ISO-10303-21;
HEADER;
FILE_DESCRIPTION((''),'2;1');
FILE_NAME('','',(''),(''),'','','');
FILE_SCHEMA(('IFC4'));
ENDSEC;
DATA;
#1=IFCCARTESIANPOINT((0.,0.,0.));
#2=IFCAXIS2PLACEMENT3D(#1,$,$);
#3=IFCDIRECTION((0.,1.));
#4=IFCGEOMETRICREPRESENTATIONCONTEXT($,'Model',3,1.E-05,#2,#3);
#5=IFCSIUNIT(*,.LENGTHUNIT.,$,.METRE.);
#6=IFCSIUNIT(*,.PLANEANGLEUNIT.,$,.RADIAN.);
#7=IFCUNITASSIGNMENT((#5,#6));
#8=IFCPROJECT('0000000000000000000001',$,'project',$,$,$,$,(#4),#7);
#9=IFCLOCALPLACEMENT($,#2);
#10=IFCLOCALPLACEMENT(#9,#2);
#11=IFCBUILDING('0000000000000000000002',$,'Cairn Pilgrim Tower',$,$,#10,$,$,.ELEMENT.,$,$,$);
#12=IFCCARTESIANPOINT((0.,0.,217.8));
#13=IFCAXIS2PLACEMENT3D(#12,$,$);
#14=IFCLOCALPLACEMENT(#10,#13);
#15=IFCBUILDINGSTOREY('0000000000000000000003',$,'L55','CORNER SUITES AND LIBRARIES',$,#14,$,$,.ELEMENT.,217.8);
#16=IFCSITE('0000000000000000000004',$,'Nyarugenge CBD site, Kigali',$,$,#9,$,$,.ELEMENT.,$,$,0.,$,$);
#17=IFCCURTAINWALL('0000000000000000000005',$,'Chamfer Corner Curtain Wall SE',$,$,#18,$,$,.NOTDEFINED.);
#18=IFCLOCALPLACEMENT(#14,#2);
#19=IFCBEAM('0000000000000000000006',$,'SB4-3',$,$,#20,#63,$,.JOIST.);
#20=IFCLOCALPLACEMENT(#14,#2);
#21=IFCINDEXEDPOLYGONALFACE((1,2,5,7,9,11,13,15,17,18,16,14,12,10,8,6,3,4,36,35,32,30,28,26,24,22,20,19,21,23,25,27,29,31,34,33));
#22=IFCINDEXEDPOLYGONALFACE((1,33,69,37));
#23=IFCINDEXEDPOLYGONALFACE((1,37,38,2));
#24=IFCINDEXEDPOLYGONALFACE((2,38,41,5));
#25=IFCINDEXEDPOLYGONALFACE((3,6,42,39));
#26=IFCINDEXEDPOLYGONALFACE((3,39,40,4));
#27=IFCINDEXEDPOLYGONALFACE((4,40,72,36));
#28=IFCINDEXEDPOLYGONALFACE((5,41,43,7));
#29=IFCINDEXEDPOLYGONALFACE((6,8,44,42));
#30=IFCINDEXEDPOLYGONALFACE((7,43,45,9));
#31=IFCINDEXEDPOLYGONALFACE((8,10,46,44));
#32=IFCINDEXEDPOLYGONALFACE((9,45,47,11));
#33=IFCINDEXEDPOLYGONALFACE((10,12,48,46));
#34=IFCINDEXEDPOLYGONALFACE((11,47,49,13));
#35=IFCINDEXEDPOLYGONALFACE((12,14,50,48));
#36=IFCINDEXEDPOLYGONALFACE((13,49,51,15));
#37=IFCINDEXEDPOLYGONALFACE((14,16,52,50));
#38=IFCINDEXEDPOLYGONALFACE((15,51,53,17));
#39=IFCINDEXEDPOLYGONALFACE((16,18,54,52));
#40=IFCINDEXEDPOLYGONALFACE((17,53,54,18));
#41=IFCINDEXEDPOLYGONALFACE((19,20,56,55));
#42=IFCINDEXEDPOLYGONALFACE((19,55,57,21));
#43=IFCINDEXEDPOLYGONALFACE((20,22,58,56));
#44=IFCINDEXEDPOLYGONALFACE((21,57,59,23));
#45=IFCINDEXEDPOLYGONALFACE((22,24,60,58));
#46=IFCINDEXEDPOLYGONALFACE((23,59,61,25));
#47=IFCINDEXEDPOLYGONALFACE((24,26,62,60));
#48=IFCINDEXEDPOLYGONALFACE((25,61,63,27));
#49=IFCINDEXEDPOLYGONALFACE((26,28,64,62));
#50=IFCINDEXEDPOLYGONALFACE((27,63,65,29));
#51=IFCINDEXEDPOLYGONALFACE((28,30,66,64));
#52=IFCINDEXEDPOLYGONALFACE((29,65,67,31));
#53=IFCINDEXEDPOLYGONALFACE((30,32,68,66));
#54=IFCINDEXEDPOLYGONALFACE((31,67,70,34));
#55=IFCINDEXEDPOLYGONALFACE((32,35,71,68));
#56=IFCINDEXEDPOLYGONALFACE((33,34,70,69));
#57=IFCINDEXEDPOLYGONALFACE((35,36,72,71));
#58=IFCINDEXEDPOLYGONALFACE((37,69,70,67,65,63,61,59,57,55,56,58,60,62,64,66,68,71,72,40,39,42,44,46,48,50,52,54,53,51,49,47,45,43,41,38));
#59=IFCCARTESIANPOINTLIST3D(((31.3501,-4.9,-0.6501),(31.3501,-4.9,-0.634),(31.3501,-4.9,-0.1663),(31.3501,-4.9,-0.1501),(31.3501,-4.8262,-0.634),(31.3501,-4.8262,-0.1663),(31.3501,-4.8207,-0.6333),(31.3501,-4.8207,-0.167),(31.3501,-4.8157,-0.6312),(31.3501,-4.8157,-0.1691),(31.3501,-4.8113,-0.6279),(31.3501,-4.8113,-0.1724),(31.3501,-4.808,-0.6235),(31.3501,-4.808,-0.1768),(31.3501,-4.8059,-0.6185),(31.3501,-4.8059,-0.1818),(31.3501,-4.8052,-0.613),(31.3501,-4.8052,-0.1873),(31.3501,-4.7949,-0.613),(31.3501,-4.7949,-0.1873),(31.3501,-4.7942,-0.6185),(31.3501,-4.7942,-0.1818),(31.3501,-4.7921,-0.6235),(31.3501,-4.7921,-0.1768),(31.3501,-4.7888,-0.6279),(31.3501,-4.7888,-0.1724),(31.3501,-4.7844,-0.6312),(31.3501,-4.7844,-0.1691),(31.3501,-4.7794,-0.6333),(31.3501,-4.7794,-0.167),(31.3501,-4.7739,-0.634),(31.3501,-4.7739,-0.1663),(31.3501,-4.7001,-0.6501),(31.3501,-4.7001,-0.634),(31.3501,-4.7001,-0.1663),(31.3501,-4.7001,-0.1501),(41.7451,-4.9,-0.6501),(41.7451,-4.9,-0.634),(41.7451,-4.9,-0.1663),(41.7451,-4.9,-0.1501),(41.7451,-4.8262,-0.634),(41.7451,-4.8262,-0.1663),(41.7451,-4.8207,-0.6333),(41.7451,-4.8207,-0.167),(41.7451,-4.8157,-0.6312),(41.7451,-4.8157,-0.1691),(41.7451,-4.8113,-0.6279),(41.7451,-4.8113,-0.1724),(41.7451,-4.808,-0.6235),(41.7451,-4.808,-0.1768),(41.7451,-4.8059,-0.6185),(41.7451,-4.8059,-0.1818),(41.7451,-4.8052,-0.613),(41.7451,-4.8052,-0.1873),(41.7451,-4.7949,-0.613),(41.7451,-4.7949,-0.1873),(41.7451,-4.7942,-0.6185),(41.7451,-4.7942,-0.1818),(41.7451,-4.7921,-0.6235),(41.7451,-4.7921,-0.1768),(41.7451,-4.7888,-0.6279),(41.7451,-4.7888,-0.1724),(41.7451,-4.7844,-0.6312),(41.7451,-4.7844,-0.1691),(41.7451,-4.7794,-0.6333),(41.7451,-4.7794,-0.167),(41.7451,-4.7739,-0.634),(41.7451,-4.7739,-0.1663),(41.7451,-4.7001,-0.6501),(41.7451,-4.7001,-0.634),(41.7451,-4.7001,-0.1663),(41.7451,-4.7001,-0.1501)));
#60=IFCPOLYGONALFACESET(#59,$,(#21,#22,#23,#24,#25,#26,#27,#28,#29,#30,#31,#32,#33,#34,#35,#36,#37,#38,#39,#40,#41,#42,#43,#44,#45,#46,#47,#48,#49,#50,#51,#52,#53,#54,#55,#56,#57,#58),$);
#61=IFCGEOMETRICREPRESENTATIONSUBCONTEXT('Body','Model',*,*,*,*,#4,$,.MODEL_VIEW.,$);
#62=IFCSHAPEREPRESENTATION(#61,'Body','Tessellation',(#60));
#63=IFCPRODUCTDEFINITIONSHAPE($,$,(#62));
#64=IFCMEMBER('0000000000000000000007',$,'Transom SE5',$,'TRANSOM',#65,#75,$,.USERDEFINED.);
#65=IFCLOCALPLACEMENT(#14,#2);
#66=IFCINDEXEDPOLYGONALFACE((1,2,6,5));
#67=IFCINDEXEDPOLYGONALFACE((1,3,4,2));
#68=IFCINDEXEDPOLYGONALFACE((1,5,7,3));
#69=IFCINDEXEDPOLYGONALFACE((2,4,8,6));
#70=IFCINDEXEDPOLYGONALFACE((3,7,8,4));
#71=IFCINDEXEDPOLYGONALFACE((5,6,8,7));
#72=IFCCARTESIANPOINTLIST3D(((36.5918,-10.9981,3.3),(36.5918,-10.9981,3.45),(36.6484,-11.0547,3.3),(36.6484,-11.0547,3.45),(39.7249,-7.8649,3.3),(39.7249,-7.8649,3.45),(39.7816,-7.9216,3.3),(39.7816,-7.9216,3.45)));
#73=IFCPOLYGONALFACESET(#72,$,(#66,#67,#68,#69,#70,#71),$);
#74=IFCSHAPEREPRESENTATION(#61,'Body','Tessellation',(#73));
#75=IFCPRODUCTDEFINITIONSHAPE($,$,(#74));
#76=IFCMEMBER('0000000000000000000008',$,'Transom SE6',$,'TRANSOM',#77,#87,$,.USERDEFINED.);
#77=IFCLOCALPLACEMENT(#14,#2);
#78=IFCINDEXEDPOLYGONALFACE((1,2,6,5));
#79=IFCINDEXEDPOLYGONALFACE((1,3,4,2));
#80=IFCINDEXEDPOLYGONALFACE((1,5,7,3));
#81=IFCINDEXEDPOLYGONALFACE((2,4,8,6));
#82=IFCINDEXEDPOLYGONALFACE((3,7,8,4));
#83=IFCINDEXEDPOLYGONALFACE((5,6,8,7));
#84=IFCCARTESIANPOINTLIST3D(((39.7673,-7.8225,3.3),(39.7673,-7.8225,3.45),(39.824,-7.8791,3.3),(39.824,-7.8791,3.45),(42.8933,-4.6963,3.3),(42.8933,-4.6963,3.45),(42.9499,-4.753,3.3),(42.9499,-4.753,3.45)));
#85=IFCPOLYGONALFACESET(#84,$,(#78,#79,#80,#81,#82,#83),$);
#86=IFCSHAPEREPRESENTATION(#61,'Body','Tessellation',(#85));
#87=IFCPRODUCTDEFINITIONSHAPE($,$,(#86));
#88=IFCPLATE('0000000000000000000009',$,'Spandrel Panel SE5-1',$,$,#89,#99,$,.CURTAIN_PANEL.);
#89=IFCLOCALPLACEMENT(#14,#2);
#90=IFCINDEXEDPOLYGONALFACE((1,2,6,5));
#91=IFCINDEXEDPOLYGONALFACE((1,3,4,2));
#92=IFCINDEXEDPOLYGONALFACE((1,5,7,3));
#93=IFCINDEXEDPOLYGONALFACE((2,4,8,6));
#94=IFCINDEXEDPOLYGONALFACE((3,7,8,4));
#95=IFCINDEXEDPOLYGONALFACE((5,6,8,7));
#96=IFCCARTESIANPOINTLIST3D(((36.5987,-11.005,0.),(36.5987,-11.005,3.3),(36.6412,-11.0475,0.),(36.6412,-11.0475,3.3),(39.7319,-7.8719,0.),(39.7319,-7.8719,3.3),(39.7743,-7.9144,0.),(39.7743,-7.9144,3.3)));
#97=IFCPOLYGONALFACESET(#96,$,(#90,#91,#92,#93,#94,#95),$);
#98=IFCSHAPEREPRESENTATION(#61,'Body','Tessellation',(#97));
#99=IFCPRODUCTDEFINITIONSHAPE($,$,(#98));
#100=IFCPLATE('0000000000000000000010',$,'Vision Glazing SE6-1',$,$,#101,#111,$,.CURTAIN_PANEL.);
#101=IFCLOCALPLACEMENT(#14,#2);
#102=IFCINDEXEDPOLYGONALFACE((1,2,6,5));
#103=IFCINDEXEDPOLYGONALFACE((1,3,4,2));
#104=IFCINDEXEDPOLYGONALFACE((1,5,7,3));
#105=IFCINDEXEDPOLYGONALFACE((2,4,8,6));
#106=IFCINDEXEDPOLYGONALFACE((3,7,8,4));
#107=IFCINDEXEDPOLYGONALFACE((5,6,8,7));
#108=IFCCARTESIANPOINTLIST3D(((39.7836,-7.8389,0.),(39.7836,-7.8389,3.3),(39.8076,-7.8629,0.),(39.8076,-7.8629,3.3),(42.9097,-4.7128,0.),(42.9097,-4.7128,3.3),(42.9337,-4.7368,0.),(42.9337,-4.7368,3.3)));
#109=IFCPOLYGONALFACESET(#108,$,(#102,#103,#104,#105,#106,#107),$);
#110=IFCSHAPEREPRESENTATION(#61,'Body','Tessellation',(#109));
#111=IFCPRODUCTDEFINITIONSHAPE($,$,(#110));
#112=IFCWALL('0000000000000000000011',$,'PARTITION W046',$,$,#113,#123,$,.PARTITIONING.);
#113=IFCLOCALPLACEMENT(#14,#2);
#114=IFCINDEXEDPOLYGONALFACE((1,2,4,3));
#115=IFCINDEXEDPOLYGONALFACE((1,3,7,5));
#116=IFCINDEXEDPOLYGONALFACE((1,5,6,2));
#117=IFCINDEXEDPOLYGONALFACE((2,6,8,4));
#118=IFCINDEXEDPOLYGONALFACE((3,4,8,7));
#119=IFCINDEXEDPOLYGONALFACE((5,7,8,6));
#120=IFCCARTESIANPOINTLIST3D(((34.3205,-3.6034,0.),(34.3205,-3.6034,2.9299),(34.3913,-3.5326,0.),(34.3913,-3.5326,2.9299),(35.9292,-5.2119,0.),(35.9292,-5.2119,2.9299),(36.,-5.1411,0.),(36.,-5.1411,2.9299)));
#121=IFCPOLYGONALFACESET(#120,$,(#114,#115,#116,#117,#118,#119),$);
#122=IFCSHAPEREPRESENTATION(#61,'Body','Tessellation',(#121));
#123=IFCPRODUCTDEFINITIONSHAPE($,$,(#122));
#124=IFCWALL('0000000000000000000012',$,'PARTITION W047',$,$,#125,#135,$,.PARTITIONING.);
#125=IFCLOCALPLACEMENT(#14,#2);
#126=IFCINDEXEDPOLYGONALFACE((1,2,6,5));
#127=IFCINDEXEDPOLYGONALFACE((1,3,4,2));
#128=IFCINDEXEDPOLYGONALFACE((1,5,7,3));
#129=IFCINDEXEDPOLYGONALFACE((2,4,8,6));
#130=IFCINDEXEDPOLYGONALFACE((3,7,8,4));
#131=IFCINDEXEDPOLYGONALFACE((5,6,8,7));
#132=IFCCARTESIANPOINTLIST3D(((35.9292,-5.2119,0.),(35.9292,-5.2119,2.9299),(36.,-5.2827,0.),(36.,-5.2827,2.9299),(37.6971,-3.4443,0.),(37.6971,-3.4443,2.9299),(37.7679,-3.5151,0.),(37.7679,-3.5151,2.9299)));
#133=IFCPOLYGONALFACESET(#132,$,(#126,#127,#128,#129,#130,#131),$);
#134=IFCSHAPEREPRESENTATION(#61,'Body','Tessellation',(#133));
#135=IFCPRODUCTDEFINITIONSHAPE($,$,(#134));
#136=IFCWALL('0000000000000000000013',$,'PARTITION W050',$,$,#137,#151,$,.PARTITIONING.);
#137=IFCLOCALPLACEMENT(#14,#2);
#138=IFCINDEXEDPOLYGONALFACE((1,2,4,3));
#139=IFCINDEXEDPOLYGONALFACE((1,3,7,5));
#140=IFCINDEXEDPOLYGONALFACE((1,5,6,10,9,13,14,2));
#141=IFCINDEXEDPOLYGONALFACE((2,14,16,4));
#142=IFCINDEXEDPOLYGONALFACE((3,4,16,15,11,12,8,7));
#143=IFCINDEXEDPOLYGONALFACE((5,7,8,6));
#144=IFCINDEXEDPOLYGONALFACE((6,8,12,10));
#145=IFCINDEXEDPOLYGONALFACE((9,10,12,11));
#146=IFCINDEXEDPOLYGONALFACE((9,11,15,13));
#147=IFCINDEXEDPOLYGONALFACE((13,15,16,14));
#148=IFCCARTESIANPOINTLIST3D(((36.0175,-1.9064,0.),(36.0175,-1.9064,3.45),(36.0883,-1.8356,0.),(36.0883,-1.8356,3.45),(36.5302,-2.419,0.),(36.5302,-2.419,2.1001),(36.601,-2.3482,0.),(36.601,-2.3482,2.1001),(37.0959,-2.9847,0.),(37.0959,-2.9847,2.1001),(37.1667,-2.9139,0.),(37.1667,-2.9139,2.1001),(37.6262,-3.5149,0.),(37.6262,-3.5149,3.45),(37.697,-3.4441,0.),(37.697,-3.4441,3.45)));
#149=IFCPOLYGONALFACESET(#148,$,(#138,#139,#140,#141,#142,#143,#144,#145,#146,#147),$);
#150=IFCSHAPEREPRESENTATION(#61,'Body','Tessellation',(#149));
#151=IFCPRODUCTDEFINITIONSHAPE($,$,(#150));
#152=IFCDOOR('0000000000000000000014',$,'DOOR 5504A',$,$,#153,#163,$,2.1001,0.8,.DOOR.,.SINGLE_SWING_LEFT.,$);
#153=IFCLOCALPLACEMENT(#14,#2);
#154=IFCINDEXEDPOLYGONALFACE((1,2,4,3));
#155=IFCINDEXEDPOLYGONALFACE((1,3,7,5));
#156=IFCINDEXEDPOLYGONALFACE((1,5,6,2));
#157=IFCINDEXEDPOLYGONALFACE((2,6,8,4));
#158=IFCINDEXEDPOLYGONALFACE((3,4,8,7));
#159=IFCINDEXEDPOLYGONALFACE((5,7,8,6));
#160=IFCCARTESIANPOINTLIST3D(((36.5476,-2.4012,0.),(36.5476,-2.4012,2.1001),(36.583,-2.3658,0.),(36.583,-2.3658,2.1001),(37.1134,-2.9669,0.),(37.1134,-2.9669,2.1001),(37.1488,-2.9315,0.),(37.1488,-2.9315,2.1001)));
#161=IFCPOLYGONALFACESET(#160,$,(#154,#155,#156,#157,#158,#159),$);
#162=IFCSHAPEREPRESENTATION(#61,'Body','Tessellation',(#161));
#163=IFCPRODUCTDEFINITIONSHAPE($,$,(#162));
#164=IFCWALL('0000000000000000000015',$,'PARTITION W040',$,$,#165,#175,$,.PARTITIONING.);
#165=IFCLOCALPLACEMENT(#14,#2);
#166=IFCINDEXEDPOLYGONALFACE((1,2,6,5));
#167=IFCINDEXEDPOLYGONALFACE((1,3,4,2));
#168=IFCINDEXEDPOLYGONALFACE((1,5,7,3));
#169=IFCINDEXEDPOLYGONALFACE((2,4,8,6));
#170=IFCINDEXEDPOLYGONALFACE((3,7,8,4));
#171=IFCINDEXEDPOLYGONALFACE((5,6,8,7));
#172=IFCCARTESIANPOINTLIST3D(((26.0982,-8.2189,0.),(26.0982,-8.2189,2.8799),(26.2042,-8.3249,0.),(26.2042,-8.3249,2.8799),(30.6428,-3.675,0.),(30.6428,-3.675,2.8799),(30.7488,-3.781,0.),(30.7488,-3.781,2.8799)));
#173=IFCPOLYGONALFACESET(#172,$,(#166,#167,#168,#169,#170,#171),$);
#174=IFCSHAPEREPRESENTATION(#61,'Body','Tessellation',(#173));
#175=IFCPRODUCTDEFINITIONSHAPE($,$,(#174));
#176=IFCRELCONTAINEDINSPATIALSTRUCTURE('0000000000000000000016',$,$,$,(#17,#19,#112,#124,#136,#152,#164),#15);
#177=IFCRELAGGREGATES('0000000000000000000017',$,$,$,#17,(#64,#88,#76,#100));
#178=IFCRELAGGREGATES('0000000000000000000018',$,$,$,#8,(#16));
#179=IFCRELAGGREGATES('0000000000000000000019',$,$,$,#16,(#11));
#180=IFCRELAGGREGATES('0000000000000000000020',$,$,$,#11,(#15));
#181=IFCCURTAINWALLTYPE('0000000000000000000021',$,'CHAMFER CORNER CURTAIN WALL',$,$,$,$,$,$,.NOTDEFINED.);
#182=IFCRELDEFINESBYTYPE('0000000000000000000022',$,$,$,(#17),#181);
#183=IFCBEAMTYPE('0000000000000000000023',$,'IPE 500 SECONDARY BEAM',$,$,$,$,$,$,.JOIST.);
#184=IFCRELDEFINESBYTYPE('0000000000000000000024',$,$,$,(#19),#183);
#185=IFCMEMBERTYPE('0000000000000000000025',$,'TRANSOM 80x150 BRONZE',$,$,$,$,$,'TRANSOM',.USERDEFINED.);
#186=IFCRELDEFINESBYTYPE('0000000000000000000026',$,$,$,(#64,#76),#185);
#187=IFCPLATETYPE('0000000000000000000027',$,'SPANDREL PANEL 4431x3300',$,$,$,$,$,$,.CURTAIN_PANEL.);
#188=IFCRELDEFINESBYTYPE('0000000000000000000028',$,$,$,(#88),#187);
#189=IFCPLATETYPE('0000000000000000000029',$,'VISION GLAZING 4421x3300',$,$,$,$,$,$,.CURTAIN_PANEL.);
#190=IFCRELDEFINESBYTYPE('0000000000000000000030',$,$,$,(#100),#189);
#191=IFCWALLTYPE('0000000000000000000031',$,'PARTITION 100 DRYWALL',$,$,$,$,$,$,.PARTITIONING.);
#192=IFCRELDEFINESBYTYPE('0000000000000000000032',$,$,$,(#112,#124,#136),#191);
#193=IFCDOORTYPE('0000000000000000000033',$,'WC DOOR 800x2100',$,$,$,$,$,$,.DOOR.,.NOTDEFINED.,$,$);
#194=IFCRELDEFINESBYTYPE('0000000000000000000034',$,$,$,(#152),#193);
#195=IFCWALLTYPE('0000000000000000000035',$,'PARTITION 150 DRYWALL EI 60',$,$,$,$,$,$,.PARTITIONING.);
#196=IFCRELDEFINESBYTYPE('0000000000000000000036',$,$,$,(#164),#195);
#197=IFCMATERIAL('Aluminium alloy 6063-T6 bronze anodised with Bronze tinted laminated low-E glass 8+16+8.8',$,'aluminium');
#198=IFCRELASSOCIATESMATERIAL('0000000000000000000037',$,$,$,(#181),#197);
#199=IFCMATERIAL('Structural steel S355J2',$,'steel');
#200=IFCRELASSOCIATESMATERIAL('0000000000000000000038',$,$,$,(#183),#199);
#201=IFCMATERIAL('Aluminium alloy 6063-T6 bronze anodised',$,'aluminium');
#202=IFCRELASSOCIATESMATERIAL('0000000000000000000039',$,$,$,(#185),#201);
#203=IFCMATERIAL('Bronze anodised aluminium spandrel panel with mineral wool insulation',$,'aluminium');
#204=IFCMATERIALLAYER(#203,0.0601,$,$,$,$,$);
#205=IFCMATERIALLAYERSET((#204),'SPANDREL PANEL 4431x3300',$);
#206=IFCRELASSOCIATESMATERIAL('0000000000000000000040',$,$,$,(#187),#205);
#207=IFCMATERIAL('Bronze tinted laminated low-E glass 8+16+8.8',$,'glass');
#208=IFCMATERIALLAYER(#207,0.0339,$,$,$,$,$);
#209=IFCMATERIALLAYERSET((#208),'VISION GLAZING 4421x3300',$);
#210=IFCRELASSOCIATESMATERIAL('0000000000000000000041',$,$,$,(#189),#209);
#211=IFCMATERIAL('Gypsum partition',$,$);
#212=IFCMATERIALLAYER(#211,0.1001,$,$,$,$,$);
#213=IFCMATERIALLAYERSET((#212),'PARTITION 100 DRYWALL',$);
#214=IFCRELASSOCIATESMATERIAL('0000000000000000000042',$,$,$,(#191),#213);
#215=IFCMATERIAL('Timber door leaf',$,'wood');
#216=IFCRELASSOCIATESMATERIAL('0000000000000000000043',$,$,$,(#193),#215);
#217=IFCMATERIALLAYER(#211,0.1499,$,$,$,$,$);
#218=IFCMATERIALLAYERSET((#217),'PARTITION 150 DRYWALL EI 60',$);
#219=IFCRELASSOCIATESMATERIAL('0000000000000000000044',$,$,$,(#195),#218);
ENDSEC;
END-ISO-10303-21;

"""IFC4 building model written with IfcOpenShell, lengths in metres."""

from ifc_helpers import new_model, si_unit, direction, frame, frame_2d, origin, origin_2d, place, context, subcontext, project, spatial, rectangle, i_section, extrude, material, layer, layer_set, material_profile, profile_set, type_object, element, fill, aggregate, save


model = new_model("IFC4")

# Units and contexts
model_context = context("Model", 3, precision=1e-05, world=origin(), true_north=direction((0.0, 1.0)))
body_context = subcontext(model_context, "Body", "Model", "MODEL_VIEW")
ifc_project = project(units=[si_unit("LENGTHUNIT", "METRE"), si_unit("PLANEANGLEUNIT", "RADIAN")], contexts=[model_context])

# Site, building, storey
site_placement = place(None, origin())
site = spatial("IfcSite", under=ifc_project, at=site_placement, Name="Nyarugenge CBD site, Kigali", CompositionType="ELEMENT", RefElevation=0.0)
building_placement = place(site_placement, origin())
building = spatial("IfcBuilding", under=site, at=building_placement, Name="Cairn Pilgrim Tower", CompositionType="ELEMENT")
storey_placement = place(building_placement, frame((0.0, 0.0, 217.8)))
storey = spatial("IfcBuildingStorey", under=building, at=storey_placement, Name="L55", Description="CORNER SUITES AND LIBRARIES", CompositionType="ELEMENT", Elevation=217.8)

# Shared definitions
ifc_material_1 = material(Name="Structural steel S355J2", Category="steel")

# Curtain wall
ifc_material_2 = material(Name="Aluminium alloy 6063-T6 bronze anodised with Bronze tinted laminated low-E glass 8+16+8.8", Category="aluminium")
curtain_wall_type_1 = type_object("IfcCurtainWallType", Name="CHAMFER CORNER CURTAIN WALL", PredefinedType="NOTDEFINED", material=ifc_material_2)
curtain_wall_1_placement = place(storey_placement, origin())
curtain_wall_1 = element("IfcCurtainWall", 1, at=curtain_wall_1_placement, inside=storey, type_object=curtain_wall_type_1, Name="Chamfer Corner Curtain Wall SE", PredefinedType="NOTDEFINED")
ifc_material_3 = material(Name="Aluminium alloy 6063-T6 bronze anodised", Category="aluminium")

# Beam
ifc_material_profile_1 = material_profile(ifc_material_1, i_section(OverallWidth=0.2, OverallDepth=0.5, WebThickness=0.0103, FlangeThickness=0.0161, FilletRadius=0.021, at=origin_2d()), Name="IPE 500")
ifc_profile_set_1 = profile_set([ifc_material_profile_1], Name="Structural steel S355J2")
beam_type_1 = type_object("IfcBeamType", Name="IPE 500 SECONDARY BEAM", PredefinedType="JOIST", material=ifc_profile_set_1)
beam_1_placement = place(storey_placement, frame((31.3501, -4.8, -0.4001), z_axis=(1.0, 0.0, 0.0), x_axis=(0.0, 1.0, 0.0)))
element("IfcBeam", 2, at=beam_1_placement, inside=storey, type_object=beam_type_1, Name="SB4-3", PredefinedType="JOIST", context=body_context, shape_type="SweptSolid", body=[
    extrude(i_section(OverallWidth=0.2, OverallDepth=0.5, WebThickness=0.0103, FlangeThickness=0.0161, FilletRadius=0.021, at=origin_2d()), origin(), (0.0, 0.0, 1.0), 10.395),
])

# Members
ifc_material_profile_2 = material_profile(ifc_material_3, rectangle(XDim=0.0801, YDim=0.1499, at=origin_2d()), Name="TRANSOM 80x150 BRONZE")
ifc_profile_set_2 = profile_set([ifc_material_profile_2], Name="Aluminium alloy 6063-T6 bronze anodised")
member_type_1 = type_object("IfcMemberType", Name="TRANSOM 80x150 BRONZE", ElementType="TRANSOM", PredefinedType="USERDEFINED", material=ifc_profile_set_2)
member_1_placement = place(storey_placement, frame((36.6201, -11.0264, 3.375), z_axis=(0.707107, 0.707107, 0.0), x_axis=(-0.707107, 0.707107, 0.0)))
member_1 = element("IfcMember", 3, at=member_1_placement, type_object=member_type_1, Name="Transom SE5", ObjectType="TRANSOM", PredefinedType="USERDEFINED", context=body_context, shape_type="SweptSolid", body=[
    extrude(rectangle(XDim=0.0801, YDim=0.1499, at=origin_2d()), origin(), (0.0, 0.0, 1.0), 4.4309),
])
member_2_placement = place(storey_placement, frame((39.7957, -7.8508, 3.375), z_axis=(0.707079, 0.707134, 0.0), x_axis=(-0.707134, 0.707079, 0.0)))
member_2 = element("IfcMember", 4, at=member_2_placement, type_object=member_type_1, Name="Transom SE6", ObjectType="TRANSOM", PredefinedType="USERDEFINED", context=body_context, shape_type="SweptSolid", body=[
    extrude(rectangle(XDim=0.0801, YDim=0.1499, at=origin_2d()), origin(), (0.0, 0.0, 1.0), 4.4209),
])

# Plates
ifc_material_4 = material(Name="Bronze anodised aluminium spandrel panel with mineral wool insulation", Category="aluminium")
ifc_layer_1 = layer(ifc_material_4, 0.0601)
ifc_layer_set_1 = layer_set([ifc_layer_1], Name="SPANDREL PANEL 4431x3300")
plate_type_1 = type_object("IfcPlateType", Name="SPANDREL PANEL 4431x3300", PredefinedType="CURTAIN_PANEL", material=ifc_layer_set_1)
plate_1_placement = place(storey_placement, frame((38.1865, -9.4597, 0.0), z_axis=(0.0, 0.0, 1.0), x_axis=(0.707107, 0.707107, 0.0)))
plate_1 = element("IfcPlate", 5, at=plate_1_placement, type_object=plate_type_1, Name="Spandrel Panel SE5-1", PredefinedType="CURTAIN_PANEL", context=body_context, shape_type="SweptSolid", body=[
    extrude(rectangle(XDim=4.4309, YDim=0.0601, at=origin_2d()), origin(), (0.0, 0.0, 1.0), 3.3),
])
ifc_material_5 = material(Name="Bronze tinted laminated low-E glass 8+16+8.8", Category="glass")
ifc_layer_2 = layer(ifc_material_5, 0.0339)
ifc_layer_set_2 = layer_set([ifc_layer_2], Name="VISION GLAZING 4421x3300")
plate_type_2 = type_object("IfcPlateType", Name="VISION GLAZING 4421x3300", PredefinedType="CURTAIN_PANEL", material=ifc_layer_set_2)
plate_2_placement = place(storey_placement, frame((41.3586, -6.2878, 0.0), z_axis=(0.0, 0.0, 1.0), x_axis=(0.707107, 0.707107, 0.0)))
plate_2 = element("IfcPlate", 6, at=plate_2_placement, type_object=plate_type_2, Name="Vision Glazing SE6-1", PredefinedType="CURTAIN_PANEL", context=body_context, shape_type="SweptSolid", body=[
    extrude(rectangle(XDim=4.4209, YDim=0.0339, at=origin_2d()), origin(), (0.0, 0.0, 1.0), 3.3),
])
aggregate(curtain_wall_1, [member_1, plate_1, member_2, plate_2])

# Walls
ifc_material_6 = material(Name="Gypsum partition")
ifc_layer_3 = layer(ifc_material_6, 0.1001)
ifc_layer_set_3 = layer_set([ifc_layer_3], Name="PARTITION 100 DRYWALL")
wall_type_1 = type_object("IfcWallType", Name="PARTITION 100 DRYWALL", PredefinedType="PARTITIONING", material=ifc_layer_set_3)
wall_1_placement = place(storey_placement, frame((35.9646, -5.1765, 0.0), z_axis=(0.0, 0.0, 1.0), x_axis=(-0.70716, 0.707053, 0.0)))
element("IfcWall", 7, at=wall_1_placement, inside=storey, type_object=wall_type_1, Name="PARTITION W046", PredefinedType="PARTITIONING", context=body_context, shape_type="SweptSolid", body=[
    extrude(rectangle(XDim=2.2749, YDim=0.1001, at=frame_2d((1.1375, 0.0))), origin(), (0.0, 0.0, 1.0), 2.9299),
])
wall_2_placement = place(storey_placement, frame((35.9646, -5.2473, 0.0), z_axis=(0.0, 0.0, 1.0), x_axis=(0.707156, 0.707058, 0.0)))
element("IfcWall", 8, at=wall_2_placement, inside=storey, type_object=wall_type_1, Name="PARTITION W047", PredefinedType="PARTITIONING", context=body_context, shape_type="SweptSolid", body=[
    extrude(rectangle(XDim=2.5, YDim=0.1001, at=frame_2d((1.25, 0.0))), origin(), (0.0, 0.0, 1.0), 2.9299),
])

# Wall, opening, door
wall_3_placement = place(storey_placement, frame((37.6616, -3.4795, 0.0), z_axis=(0.0, 0.0, 1.0), x_axis=(-0.70716, 0.707053, 0.0)))
wall_3 = element("IfcWall", 9, at=wall_3_placement, inside=storey, type_object=wall_type_1, Name="PARTITION W050", PredefinedType="PARTITIONING", context=body_context, shape_type="SweptSolid", body=[
    extrude(rectangle(XDim=2.2749, YDim=0.1001, at=frame_2d((1.1375, 0.0))), origin(), (0.0, 0.0, 1.0), 3.45),
])
opening_1_placement = place(wall_3_placement, frame((0.75, 0.0, 0.0)))
opening_1 = element("IfcOpeningElement", 10, at=opening_1_placement, cuts=wall_3, PredefinedType="OPENING", context=body_context, shape_type="SweptSolid", body=[
    extrude(rectangle(XDim=0.8, YDim=2.1001, at=frame_2d((0.3999, 1.05))), frame((0.0, 0.0601, 0.0), z_axis=(0.0, -1.0, 0.0), x_axis=(1.0, 0.0, 0.0)), (0.0, 0.0, 1.0), 0.1201),
])
ifc_material_7 = material(Name="Timber door leaf", Category="wood")
door_type_1 = type_object("IfcDoorType", Name="WC DOOR 800x2100", OperationType="NOTDEFINED", PredefinedType="DOOR", material=ifc_material_7)
door_1_placement = place(opening_1_placement, frame((0.8, 0.0, 0.0), z_axis=(0.0, 0.0, 1.0), x_axis=(-1.0, 0.0, 0.0)))
door_1 = element("IfcDoor", 11, at=door_1_placement, inside=storey, type_object=door_type_1, Name="DOOR 5504A", OperationType="SINGLE_SWING_LEFT", OverallHeight=2.1001, OverallWidth=0.8, PredefinedType="DOOR", context=body_context, shape_type="SweptSolid", body=[
    extrude(rectangle(XDim=0.8, YDim=2.1001, at=frame_2d((0.3999, 1.05))), frame((0.0, 0.0249, 0.0), z_axis=(0.0, -1.0, 0.0), x_axis=(1.0, 0.0, 0.0)), (0.0, 0.0, 1.0), 0.05),
])
fill(opening_1, door_1)

# Wall
ifc_layer_4 = layer(ifc_material_6, 0.1499)
ifc_layer_set_4 = layer_set([ifc_layer_4], Name="PARTITION 150 DRYWALL EI 60")
wall_type_2 = type_object("IfcWallType", Name="PARTITION 150 DRYWALL EI 60", PredefinedType="PARTITIONING", material=ifc_layer_set_4)
wall_4_placement = place(storey_placement, frame((26.1511, -8.272, 0.0), z_axis=(0.0, 0.0, 1.0), x_axis=(0.707164, 0.70705, 0.0)))
element("IfcWall", 12, at=wall_4_placement, inside=storey, type_object=wall_type_2, Name="PARTITION W040", PredefinedType="PARTITIONING", context=body_context, shape_type="SweptSolid", body=[
    extrude(rectangle(XDim=6.4265, YDim=0.1499, at=frame_2d((3.2134, 0.0))), origin(), (0.0, 0.0, 1.0), 2.8799),
])

save(model, "model.ifc")
